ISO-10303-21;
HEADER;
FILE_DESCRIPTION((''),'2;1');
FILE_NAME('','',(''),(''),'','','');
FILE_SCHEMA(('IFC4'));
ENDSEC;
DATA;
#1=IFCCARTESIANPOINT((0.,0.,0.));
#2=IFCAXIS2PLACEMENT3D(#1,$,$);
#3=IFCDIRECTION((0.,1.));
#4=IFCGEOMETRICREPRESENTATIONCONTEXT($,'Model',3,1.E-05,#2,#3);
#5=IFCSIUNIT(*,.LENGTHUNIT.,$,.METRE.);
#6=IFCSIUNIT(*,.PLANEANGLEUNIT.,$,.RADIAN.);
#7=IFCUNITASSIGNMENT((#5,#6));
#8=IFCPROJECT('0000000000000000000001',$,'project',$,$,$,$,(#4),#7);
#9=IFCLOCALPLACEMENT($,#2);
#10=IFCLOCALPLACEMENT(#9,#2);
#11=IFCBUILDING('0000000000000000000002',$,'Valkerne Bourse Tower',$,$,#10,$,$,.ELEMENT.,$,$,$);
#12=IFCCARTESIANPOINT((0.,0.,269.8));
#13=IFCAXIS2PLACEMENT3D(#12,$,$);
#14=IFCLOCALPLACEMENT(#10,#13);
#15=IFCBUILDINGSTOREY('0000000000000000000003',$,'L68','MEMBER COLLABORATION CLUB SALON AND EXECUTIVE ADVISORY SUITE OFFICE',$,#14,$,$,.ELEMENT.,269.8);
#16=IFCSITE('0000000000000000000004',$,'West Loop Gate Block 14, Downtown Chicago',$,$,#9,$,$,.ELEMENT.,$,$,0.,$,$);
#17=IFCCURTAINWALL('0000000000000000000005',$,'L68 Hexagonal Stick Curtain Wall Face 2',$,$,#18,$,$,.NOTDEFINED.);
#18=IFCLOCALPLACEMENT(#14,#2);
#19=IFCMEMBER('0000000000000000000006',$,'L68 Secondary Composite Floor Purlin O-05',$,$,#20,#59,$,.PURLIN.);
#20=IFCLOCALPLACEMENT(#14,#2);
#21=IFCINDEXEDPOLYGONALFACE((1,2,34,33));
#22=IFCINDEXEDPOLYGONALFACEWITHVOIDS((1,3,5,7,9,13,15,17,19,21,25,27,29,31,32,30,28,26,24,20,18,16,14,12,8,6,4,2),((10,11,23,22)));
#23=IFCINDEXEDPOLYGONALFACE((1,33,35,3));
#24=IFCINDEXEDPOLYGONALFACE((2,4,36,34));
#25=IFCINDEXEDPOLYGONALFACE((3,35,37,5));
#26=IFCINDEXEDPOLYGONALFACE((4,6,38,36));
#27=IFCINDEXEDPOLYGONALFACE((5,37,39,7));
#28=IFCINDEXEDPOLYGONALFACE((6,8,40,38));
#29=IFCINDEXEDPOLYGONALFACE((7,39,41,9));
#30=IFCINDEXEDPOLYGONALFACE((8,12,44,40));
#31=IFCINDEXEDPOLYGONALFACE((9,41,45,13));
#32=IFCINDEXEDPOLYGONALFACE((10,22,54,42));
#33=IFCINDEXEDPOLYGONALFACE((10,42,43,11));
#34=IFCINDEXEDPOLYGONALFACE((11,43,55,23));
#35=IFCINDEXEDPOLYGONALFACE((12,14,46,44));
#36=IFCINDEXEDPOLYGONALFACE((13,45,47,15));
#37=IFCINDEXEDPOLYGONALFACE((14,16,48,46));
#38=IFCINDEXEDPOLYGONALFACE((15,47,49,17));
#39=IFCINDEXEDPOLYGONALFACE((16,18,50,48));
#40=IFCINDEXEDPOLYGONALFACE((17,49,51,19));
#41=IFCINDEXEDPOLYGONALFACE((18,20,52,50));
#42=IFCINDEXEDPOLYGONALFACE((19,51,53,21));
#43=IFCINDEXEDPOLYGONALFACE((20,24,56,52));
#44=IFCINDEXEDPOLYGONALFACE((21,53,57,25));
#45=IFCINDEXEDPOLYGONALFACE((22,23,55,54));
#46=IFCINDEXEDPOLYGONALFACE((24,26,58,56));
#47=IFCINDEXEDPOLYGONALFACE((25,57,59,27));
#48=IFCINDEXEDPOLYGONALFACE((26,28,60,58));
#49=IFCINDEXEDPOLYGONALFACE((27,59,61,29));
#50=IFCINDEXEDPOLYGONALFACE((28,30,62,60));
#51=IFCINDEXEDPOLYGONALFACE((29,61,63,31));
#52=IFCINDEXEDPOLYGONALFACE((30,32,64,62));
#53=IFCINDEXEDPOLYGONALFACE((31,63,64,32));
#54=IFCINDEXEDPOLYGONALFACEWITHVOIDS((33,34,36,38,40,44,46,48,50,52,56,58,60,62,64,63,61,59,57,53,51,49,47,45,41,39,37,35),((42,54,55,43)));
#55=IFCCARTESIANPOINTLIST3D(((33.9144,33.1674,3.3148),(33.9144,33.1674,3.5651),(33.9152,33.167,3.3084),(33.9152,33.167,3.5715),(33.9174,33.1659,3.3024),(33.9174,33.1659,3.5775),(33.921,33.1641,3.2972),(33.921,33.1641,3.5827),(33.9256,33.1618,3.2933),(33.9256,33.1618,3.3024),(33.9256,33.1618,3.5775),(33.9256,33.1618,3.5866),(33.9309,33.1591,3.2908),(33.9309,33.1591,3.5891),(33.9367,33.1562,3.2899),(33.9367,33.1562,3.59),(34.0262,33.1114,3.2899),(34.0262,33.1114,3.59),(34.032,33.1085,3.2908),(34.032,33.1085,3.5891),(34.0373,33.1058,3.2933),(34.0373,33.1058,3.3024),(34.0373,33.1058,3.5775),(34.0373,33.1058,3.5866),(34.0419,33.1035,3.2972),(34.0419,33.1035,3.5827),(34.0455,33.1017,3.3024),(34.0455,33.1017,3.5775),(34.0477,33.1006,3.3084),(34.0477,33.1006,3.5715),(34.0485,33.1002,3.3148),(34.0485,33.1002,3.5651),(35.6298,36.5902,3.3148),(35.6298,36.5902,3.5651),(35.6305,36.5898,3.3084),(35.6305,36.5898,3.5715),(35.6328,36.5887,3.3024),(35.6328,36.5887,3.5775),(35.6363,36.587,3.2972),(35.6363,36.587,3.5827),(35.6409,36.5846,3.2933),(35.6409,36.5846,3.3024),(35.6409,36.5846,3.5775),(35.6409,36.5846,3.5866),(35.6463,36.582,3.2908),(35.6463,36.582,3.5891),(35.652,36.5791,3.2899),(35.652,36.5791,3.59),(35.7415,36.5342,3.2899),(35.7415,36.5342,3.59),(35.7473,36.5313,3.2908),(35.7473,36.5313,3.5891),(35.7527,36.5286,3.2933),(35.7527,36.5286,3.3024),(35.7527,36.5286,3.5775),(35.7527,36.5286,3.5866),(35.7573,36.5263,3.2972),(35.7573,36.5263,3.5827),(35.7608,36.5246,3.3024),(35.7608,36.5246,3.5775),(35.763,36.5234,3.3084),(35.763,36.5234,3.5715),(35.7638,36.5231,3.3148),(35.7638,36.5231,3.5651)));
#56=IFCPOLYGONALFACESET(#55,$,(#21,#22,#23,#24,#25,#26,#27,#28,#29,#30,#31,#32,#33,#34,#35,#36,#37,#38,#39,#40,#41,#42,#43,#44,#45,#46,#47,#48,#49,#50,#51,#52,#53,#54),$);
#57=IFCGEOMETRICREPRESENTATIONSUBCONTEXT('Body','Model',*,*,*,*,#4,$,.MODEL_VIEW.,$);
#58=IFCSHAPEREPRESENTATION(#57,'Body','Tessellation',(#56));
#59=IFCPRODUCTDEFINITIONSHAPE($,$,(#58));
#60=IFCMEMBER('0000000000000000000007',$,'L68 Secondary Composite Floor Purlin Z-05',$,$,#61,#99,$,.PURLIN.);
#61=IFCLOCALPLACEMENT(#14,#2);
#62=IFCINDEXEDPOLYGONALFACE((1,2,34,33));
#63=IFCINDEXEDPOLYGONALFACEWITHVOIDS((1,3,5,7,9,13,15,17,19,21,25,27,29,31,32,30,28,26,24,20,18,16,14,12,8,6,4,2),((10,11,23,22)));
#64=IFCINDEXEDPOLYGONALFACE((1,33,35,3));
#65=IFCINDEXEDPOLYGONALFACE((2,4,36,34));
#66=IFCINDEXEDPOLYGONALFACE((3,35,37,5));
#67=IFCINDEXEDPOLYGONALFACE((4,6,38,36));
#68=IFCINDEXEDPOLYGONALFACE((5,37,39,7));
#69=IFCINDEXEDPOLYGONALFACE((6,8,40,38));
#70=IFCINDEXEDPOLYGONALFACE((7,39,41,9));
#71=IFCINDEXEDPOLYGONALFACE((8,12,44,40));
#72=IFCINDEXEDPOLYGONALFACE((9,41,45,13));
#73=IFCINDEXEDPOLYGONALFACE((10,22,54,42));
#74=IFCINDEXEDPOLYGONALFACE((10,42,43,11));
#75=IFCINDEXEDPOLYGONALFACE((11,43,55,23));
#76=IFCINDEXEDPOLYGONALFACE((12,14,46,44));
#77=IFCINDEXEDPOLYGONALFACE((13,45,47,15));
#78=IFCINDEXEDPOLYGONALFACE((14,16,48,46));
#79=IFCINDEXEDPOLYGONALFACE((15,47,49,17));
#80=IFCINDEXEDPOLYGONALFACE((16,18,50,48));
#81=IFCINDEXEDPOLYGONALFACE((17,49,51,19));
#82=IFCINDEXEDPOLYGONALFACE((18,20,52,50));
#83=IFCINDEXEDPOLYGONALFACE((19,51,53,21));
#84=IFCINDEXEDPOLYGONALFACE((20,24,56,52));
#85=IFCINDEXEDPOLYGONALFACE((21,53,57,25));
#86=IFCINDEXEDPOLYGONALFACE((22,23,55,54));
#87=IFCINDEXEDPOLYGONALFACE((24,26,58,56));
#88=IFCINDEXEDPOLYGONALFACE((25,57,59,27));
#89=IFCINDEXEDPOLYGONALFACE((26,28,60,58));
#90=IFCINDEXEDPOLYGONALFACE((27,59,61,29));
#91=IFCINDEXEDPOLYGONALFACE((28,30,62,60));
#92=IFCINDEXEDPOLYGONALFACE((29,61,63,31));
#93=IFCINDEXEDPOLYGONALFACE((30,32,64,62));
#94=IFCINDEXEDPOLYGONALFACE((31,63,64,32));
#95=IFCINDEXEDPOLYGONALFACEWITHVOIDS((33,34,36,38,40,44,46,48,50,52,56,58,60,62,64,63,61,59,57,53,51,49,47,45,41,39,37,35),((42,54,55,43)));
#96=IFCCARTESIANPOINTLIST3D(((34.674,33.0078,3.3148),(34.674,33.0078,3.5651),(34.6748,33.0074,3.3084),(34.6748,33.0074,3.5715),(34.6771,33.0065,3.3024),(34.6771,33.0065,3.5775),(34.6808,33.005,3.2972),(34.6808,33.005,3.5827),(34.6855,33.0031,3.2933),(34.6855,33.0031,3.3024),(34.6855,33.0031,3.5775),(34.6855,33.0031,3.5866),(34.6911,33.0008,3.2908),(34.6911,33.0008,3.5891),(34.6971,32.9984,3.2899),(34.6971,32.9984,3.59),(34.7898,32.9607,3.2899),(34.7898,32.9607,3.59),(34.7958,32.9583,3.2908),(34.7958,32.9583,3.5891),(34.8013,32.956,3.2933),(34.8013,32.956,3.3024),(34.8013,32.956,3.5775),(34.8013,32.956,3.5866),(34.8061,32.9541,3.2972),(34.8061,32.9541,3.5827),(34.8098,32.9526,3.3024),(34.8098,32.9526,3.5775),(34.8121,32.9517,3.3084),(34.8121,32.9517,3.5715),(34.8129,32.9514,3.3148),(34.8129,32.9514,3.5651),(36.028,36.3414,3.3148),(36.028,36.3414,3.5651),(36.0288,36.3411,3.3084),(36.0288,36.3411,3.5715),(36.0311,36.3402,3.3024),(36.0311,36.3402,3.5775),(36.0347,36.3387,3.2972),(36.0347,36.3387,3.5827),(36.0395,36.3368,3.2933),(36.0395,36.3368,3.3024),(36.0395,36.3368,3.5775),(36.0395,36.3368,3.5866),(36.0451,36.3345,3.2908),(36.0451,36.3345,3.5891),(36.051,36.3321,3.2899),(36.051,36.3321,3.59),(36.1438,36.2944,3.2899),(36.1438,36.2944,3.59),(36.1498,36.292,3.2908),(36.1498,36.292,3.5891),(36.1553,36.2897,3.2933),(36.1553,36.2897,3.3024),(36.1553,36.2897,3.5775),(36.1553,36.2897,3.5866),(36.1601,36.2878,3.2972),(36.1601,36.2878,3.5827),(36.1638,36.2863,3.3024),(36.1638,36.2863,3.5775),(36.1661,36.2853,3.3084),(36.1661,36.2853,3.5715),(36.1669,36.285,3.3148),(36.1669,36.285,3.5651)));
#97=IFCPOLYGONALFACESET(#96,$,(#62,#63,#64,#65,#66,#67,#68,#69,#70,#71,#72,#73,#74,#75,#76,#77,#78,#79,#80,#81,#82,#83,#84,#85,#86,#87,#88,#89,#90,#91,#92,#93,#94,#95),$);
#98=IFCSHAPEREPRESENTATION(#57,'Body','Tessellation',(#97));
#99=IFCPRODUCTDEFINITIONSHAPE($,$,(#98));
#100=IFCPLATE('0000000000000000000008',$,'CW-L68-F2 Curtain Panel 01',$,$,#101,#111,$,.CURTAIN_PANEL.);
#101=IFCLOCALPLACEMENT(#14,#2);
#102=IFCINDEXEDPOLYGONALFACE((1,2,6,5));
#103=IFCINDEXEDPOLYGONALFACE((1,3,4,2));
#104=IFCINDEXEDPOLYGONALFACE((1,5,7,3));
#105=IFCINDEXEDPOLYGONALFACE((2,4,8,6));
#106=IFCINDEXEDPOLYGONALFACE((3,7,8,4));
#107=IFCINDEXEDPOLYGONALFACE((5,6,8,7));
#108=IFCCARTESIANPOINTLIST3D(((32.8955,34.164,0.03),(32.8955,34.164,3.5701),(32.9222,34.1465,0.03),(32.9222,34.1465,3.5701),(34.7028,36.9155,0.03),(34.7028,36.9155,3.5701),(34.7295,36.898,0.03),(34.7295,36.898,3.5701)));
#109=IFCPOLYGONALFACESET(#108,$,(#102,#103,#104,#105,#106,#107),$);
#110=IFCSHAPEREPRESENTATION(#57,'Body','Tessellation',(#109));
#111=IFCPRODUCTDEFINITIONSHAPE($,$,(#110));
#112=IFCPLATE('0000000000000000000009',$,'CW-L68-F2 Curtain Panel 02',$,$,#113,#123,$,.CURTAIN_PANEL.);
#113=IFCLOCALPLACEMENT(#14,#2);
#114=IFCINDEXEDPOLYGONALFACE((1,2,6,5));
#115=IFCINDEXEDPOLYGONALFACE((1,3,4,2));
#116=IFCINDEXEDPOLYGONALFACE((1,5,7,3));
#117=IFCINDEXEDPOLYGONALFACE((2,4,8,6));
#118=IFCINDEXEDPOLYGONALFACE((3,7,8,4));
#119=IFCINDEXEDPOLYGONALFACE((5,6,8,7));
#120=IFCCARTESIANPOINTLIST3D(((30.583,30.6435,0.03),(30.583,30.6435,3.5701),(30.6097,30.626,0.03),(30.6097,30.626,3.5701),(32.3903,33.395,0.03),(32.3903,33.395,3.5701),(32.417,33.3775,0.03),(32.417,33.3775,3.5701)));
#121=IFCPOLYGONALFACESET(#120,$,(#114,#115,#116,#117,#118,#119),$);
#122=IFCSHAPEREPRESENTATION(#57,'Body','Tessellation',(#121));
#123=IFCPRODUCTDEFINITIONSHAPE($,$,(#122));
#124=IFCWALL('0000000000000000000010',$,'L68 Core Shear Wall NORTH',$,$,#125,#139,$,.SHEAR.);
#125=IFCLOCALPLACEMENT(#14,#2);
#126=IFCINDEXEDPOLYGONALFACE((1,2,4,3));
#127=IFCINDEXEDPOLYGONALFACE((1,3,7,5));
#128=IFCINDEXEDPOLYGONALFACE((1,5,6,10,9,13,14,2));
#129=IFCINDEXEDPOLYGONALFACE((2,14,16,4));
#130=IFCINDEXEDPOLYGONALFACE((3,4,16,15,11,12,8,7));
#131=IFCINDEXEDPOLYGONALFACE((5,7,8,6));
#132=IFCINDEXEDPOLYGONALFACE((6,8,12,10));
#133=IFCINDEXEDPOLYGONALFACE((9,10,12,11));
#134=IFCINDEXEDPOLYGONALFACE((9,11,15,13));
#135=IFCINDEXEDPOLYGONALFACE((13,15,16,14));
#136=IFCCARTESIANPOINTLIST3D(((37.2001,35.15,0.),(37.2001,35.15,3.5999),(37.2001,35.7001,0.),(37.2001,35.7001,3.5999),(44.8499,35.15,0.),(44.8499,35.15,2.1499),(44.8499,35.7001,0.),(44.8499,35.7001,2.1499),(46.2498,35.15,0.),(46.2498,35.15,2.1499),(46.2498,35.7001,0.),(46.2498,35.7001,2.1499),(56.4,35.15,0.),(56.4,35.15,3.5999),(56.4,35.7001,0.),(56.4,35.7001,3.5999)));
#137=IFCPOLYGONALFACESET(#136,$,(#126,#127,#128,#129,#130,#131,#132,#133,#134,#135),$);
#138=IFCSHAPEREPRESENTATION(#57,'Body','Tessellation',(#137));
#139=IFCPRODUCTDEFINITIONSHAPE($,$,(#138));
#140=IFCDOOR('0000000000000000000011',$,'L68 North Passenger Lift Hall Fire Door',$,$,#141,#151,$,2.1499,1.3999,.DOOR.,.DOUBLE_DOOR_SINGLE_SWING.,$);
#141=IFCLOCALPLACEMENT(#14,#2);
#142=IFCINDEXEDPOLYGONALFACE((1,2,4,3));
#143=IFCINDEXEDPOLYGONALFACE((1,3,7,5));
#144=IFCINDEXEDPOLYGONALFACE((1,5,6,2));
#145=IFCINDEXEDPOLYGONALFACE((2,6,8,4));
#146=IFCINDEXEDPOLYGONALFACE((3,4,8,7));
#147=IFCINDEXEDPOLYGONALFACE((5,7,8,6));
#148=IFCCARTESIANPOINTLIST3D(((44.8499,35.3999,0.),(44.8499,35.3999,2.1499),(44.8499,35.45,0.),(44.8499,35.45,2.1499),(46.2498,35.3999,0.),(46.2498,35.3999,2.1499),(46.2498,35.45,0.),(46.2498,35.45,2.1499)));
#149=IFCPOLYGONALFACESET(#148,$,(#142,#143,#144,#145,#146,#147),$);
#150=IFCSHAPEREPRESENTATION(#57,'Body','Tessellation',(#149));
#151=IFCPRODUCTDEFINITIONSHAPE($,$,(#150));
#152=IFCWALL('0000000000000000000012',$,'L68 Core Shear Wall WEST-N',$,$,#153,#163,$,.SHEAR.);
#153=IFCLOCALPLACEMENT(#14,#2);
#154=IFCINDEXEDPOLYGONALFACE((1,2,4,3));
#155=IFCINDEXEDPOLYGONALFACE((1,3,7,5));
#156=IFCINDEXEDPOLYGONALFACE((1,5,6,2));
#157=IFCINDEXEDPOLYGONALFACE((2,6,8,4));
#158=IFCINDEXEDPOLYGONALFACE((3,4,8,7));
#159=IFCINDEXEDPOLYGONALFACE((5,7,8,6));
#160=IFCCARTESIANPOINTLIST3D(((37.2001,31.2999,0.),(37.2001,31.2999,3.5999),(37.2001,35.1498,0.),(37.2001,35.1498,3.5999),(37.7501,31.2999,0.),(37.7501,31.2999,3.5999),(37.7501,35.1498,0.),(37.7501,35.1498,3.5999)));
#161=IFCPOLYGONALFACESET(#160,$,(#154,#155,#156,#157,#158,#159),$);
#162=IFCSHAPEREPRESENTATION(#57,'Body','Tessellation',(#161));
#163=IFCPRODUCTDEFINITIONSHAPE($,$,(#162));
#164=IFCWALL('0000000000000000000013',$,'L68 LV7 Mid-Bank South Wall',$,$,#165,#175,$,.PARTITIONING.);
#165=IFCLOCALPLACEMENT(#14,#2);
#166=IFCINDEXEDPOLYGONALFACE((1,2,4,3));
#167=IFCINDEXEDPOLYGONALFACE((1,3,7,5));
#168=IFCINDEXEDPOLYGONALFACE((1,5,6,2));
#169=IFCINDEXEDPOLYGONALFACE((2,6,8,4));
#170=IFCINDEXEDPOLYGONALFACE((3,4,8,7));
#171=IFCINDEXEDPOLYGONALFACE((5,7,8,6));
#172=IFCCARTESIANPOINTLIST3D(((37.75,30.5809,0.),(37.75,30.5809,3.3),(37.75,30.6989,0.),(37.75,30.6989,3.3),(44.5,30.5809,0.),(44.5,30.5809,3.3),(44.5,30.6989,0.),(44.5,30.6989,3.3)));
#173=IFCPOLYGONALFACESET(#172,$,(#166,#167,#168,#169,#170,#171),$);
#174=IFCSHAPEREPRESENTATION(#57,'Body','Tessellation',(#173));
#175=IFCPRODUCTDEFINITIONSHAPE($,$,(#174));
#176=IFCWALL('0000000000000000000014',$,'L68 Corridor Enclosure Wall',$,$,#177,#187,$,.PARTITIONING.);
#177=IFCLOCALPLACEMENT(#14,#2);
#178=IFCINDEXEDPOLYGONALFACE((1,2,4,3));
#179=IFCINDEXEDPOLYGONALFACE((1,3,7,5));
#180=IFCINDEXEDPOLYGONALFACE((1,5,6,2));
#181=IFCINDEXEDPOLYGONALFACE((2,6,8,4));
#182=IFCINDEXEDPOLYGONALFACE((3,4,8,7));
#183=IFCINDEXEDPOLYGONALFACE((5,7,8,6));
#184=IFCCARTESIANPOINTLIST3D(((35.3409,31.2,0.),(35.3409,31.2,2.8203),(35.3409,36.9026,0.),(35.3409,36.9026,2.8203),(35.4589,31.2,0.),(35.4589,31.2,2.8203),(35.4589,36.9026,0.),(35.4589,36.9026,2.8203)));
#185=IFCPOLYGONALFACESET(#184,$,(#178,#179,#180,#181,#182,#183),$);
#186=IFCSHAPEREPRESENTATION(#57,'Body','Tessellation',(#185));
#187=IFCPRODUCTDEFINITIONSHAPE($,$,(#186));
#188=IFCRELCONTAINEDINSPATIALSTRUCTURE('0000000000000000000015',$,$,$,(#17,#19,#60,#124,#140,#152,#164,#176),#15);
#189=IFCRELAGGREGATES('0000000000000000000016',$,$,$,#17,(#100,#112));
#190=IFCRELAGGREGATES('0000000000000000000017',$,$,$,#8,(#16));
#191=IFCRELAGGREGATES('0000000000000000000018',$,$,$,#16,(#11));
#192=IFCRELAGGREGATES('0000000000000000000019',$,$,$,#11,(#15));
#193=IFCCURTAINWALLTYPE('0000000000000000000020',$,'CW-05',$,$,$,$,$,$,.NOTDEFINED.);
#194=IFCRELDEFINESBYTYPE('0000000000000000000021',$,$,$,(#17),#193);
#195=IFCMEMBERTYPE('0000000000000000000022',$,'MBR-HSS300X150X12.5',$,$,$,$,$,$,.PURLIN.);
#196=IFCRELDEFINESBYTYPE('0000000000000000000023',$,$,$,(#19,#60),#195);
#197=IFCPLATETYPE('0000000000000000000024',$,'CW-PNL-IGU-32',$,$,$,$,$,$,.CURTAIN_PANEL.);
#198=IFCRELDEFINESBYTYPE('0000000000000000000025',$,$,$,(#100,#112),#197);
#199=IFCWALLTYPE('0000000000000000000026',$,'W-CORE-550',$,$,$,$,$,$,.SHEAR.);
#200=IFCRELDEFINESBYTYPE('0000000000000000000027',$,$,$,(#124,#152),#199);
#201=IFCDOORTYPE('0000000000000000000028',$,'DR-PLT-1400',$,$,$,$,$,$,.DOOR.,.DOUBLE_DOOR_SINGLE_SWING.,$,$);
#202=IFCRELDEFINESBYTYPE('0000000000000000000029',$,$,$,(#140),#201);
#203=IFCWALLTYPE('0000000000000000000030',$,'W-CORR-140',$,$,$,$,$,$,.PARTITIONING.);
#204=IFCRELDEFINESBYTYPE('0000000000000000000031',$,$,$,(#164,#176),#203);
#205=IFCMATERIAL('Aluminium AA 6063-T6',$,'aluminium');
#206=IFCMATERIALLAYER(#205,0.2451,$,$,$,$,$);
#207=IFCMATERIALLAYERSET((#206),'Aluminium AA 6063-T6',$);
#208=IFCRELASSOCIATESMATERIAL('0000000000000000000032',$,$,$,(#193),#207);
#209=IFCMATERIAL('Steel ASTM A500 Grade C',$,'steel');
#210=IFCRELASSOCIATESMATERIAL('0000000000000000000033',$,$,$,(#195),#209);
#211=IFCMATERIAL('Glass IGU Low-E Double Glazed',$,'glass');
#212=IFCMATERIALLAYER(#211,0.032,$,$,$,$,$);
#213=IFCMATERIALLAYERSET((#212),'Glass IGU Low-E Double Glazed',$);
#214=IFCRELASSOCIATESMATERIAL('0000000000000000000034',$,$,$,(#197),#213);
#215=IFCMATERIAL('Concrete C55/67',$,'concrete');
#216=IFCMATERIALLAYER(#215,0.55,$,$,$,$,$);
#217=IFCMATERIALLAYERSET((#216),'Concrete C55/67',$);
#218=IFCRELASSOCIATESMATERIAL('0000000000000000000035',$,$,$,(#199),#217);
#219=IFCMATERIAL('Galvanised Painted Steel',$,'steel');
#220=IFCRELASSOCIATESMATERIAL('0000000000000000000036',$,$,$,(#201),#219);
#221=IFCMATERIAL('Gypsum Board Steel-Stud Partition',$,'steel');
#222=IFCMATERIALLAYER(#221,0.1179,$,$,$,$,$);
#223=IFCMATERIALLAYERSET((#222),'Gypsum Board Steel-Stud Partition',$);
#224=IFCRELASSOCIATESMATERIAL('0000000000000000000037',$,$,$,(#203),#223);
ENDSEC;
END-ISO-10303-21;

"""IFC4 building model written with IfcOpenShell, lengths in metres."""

from ifc_helpers import new_model, si_unit, direction, frame, frame_2d, origin, origin_2d, place, context, subcontext, project, spatial, rectangle, hollow_rectangle, extrude, material, layer, layer_set, material_profile, profile_set, type_object, element, fill, aggregate, save


model = new_model("IFC4")

# Units and contexts
model_context = context("Model", 3, precision=1e-05, world=origin(), true_north=direction((0.0, 1.0)))
body_context = subcontext(model_context, "Body", "Model", "MODEL_VIEW")
ifc_project = project(units=[si_unit("LENGTHUNIT", "METRE"), si_unit("PLANEANGLEUNIT", "RADIAN")], contexts=[model_context])

# Site, building, storey
site_placement = place(None, origin())
site = spatial("IfcSite", under=ifc_project, at=site_placement, Name="West Loop Gate Block 14, Downtown Chicago", CompositionType="ELEMENT", RefElevation=0.0)
building_placement = place(site_placement, origin())
building = spatial("IfcBuilding", under=site, at=building_placement, Name="Valkerne Bourse Tower", CompositionType="ELEMENT")
storey_placement = place(building_placement, frame((0.0, 0.0, 269.8)))
storey = spatial("IfcBuildingStorey", under=building, at=storey_placement, Name="L68", Description="MEMBER COLLABORATION CLUB SALON AND EXECUTIVE ADVISORY SUITE OFFICE", CompositionType="ELEMENT", Elevation=269.8)

# Curtain wall
ifc_material_1 = material(Name="Aluminium AA 6063-T6", Category="aluminium")
ifc_layer_1 = layer(ifc_material_1, 0.2451)
ifc_layer_set_1 = layer_set([ifc_layer_1], Name="Aluminium AA 6063-T6")
curtain_wall_type = type_object("IfcCurtainWallType", Name="CW-05", PredefinedType="NOTDEFINED", material=ifc_layer_set_1)
curtain_wall_placement = place(storey_placement, origin())
curtain_wall = element("IfcCurtainWall", 1, at=curtain_wall_placement, inside=storey, type_object=curtain_wall_type, Name="L68 Hexagonal Stick Curtain Wall Face 2", PredefinedType="NOTDEFINED")

# Members
ifc_material_2 = material(Name="Steel ASTM A500 Grade C", Category="steel")
ifc_material_profile_1 = material_profile(ifc_material_2, hollow_rectangle(XDim=0.1499, YDim=0.3, WallThickness=0.0125, OuterFilletRadius=0.0249, at=origin_2d()), Name="HSS300X150X12.5")
ifc_profile_set_1 = profile_set([ifc_material_profile_1], Name="Steel ASTM A500 Grade C")
member_type_1 = type_object("IfcMemberType", Name="MBR-HSS300X150X12.5", PredefinedType="PURLIN", material=ifc_profile_set_1)
member_1_placement = place(storey_placement, frame((35.6968, 36.5566, 3.4399), z_axis=(-0.44803, -0.894019, 0.0), x_axis=(0.894019, -0.44803, 0.0)))
element("IfcMember", 2, at=member_1_placement, inside=storey, type_object=member_type_1, Name="L68 Secondary Composite Floor Purlin O-05", PredefinedType="PURLIN", context=body_context, shape_type="SweptSolid", body=[
    extrude(hollow_rectangle(XDim=0.1499, YDim=0.3, WallThickness=0.0125, OuterFilletRadius=0.0249, at=origin_2d()), origin(), (0.0, 0.0, 1.0), 3.8286),
])
member_2_placement = place(storey_placement, frame((36.0974, 36.3132, 3.4399), z_axis=(-0.376299, -0.926498, 0.0), x_axis=(0.926498, -0.376299, 0.0)))
element("IfcMember", 3, at=member_2_placement, inside=storey, type_object=member_type_1, Name="L68 Secondary Composite Floor Purlin Z-05", PredefinedType="PURLIN", context=body_context, shape_type="SweptSolid", body=[
    extrude(hollow_rectangle(XDim=0.1499, YDim=0.3, WallThickness=0.0125, OuterFilletRadius=0.0249, at=origin_2d()), origin(), (0.0, 0.0, 1.0), 3.5981),
])

# Plates
ifc_material_3 = material(Name="Glass IGU Low-E Double Glazed", Category="glass")
ifc_layer_2 = layer(ifc_material_3, 0.032)
ifc_layer_set_2 = layer_set([ifc_layer_2], Name="Glass IGU Low-E Double Glazed")
plate_type = type_object("IfcPlateType", Name="CW-PNL-IGU-32", PredefinedType="CURTAIN_PANEL", material=ifc_layer_set_2)
plate_1_placement = place(storey_placement, frame((33.8125, 35.531, 0.03), z_axis=(0.0, 0.0, 1.0), x_axis=(-0.549017, -0.835811, 0.0)))
plate_1 = element("IfcPlate", 4, at=plate_1_placement, type_object=plate_type, Name="CW-L68-F2 Curtain Panel 01", PredefinedType="CURTAIN_PANEL", context=body_context, shape_type="SweptSolid", body=[
    extrude(rectangle(XDim=3.292, YDim=0.032, at=origin_2d()), origin(), (0.0, 0.0, 1.0), 3.54),
])
plate_2_placement = place(storey_placement, frame((31.5, 32.0105, 0.03), z_axis=(0.0, 0.0, 1.0), x_axis=(-0.549011, -0.835815, 0.0)))
plate_2 = element("IfcPlate", 5, at=plate_2_placement, type_object=plate_type, Name="CW-L68-F2 Curtain Panel 02", PredefinedType="CURTAIN_PANEL", context=body_context, shape_type="SweptSolid", body=[
    extrude(rectangle(XDim=3.292, YDim=0.032, at=origin_2d()), origin(), (0.0, 0.0, 1.0), 3.54),
])
aggregate(curtain_wall, [plate_1, plate_2])

# Wall, opening, door
ifc_material_4 = material(Name="Concrete C55/67", Category="concrete")
ifc_layer_3 = layer(ifc_material_4, 0.55)
ifc_layer_set_3 = layer_set([ifc_layer_3], Name="Concrete C55/67")
wall_type_1 = type_object("IfcWallType", Name="W-CORE-550", PredefinedType="SHEAR", material=ifc_layer_set_3)
wall_1_placement = place(storey_placement, frame((37.2, 35.425, 0.0), z_axis=(0.0, 0.0, 1.0), x_axis=(1.0, 0.0, 0.0)))
wall_1 = element("IfcWall", 6, at=wall_1_placement, inside=storey, type_object=wall_type_1, Name="L68 Core Shear Wall NORTH", PredefinedType="SHEAR", context=body_context, shape_type="SweptSolid", body=[
    extrude(rectangle(XDim=19.2, YDim=0.55, at=frame_2d((9.6001, 0.0))), origin(), (0.0, 0.0, 1.0), 3.5999),
])
opening_placement = place(wall_1_placement, frame((7.6499, 0.0, 0.0)))
opening = element("IfcOpeningElement", 7, at=opening_placement, cuts=wall_1, PredefinedType="OPENING", context=body_context, shape_type="SweptSolid", body=[
    extrude(rectangle(XDim=1.3999, YDim=2.1499, at=frame_2d((0.7, 1.075))), frame((0.0, 0.2849, 0.0), z_axis=(0.0, -1.0, 0.0), x_axis=(1.0, 0.0, 0.0)), (0.0, 0.0, 1.0), 0.5701),
])
ifc_material_5 = material(Name="Galvanised Painted Steel", Category="steel")
door_type = type_object("IfcDoorType", Name="DR-PLT-1400", OperationType="DOUBLE_DOOR_SINGLE_SWING", PredefinedType="DOOR", material=ifc_material_5)
door_placement = place(opening_placement, origin())
door = element("IfcDoor", 8, at=door_placement, inside=storey, type_object=door_type, Name="L68 North Passenger Lift Hall Fire Door", OperationType="DOUBLE_DOOR_SINGLE_SWING", OverallHeight=2.1499, OverallWidth=1.3999, PredefinedType="DOOR", context=body_context, shape_type="SweptSolid", body=[
    extrude(rectangle(XDim=1.3999, YDim=2.1499, at=frame_2d((0.7, 1.075))), frame((0.0, 0.0249, 0.0), z_axis=(0.0, -1.0, 0.0), x_axis=(1.0, 0.0, 0.0)), (0.0, 0.0, 1.0), 0.05),
])
fill(opening, door)

# Walls
wall_2_placement = place(storey_placement, frame((37.4751, 31.3, 0.0), z_axis=(0.0, 0.0, 1.0), x_axis=(0.0, 1.0, 0.0)))
element("IfcWall", 9, at=wall_2_placement, inside=storey, type_object=wall_type_1, Name="L68 Core Shear Wall WEST-N", PredefinedType="SHEAR", context=body_context, shape_type="SweptSolid", body=[
    extrude(rectangle(XDim=3.8499, YDim=0.55, at=frame_2d((1.9248, 0.0))), origin(), (0.0, 0.0, 1.0), 3.5999),
])
ifc_material_6 = material(Name="Gypsum Board Steel-Stud Partition", Category="steel")
ifc_layer_4 = layer(ifc_material_6, 0.1179)
ifc_layer_set_4 = layer_set([ifc_layer_4], Name="Gypsum Board Steel-Stud Partition")
wall_type_2 = type_object("IfcWallType", Name="W-CORR-140", PredefinedType="PARTITIONING", material=ifc_layer_set_4)
wall_3_placement = place(storey_placement, frame((37.75, 30.6399, 0.0), z_axis=(0.0, 0.0, 1.0), x_axis=(1.0, 0.0, 0.0)))
element("IfcWall", 10, at=wall_3_placement, inside=storey, type_object=wall_type_2, Name="L68 LV7 Mid-Bank South Wall", PredefinedType="PARTITIONING", context=body_context, shape_type="SweptSolid", body=[
    extrude(rectangle(XDim=6.75, YDim=0.1179, at=frame_2d((3.375, 0.0))), origin(), (0.0, 0.0, 1.0), 3.3),
])
wall_4_placement = place(storey_placement, frame((35.3999, 31.2, 0.0), z_axis=(0.0, 0.0, 1.0), x_axis=(0.0, 1.0, 0.0)))
element("IfcWall", 11, at=wall_4_placement, inside=storey, type_object=wall_type_2, Name="L68 Corridor Enclosure Wall", PredefinedType="PARTITIONING", context=body_context, shape_type="SweptSolid", body=[
    extrude(rectangle(XDim=5.7026, YDim=0.1179, at=frame_2d((2.8513, 0.0))), origin(), (0.0, 0.0, 1.0), 2.8203),
])

save(model, "model.ifc")
